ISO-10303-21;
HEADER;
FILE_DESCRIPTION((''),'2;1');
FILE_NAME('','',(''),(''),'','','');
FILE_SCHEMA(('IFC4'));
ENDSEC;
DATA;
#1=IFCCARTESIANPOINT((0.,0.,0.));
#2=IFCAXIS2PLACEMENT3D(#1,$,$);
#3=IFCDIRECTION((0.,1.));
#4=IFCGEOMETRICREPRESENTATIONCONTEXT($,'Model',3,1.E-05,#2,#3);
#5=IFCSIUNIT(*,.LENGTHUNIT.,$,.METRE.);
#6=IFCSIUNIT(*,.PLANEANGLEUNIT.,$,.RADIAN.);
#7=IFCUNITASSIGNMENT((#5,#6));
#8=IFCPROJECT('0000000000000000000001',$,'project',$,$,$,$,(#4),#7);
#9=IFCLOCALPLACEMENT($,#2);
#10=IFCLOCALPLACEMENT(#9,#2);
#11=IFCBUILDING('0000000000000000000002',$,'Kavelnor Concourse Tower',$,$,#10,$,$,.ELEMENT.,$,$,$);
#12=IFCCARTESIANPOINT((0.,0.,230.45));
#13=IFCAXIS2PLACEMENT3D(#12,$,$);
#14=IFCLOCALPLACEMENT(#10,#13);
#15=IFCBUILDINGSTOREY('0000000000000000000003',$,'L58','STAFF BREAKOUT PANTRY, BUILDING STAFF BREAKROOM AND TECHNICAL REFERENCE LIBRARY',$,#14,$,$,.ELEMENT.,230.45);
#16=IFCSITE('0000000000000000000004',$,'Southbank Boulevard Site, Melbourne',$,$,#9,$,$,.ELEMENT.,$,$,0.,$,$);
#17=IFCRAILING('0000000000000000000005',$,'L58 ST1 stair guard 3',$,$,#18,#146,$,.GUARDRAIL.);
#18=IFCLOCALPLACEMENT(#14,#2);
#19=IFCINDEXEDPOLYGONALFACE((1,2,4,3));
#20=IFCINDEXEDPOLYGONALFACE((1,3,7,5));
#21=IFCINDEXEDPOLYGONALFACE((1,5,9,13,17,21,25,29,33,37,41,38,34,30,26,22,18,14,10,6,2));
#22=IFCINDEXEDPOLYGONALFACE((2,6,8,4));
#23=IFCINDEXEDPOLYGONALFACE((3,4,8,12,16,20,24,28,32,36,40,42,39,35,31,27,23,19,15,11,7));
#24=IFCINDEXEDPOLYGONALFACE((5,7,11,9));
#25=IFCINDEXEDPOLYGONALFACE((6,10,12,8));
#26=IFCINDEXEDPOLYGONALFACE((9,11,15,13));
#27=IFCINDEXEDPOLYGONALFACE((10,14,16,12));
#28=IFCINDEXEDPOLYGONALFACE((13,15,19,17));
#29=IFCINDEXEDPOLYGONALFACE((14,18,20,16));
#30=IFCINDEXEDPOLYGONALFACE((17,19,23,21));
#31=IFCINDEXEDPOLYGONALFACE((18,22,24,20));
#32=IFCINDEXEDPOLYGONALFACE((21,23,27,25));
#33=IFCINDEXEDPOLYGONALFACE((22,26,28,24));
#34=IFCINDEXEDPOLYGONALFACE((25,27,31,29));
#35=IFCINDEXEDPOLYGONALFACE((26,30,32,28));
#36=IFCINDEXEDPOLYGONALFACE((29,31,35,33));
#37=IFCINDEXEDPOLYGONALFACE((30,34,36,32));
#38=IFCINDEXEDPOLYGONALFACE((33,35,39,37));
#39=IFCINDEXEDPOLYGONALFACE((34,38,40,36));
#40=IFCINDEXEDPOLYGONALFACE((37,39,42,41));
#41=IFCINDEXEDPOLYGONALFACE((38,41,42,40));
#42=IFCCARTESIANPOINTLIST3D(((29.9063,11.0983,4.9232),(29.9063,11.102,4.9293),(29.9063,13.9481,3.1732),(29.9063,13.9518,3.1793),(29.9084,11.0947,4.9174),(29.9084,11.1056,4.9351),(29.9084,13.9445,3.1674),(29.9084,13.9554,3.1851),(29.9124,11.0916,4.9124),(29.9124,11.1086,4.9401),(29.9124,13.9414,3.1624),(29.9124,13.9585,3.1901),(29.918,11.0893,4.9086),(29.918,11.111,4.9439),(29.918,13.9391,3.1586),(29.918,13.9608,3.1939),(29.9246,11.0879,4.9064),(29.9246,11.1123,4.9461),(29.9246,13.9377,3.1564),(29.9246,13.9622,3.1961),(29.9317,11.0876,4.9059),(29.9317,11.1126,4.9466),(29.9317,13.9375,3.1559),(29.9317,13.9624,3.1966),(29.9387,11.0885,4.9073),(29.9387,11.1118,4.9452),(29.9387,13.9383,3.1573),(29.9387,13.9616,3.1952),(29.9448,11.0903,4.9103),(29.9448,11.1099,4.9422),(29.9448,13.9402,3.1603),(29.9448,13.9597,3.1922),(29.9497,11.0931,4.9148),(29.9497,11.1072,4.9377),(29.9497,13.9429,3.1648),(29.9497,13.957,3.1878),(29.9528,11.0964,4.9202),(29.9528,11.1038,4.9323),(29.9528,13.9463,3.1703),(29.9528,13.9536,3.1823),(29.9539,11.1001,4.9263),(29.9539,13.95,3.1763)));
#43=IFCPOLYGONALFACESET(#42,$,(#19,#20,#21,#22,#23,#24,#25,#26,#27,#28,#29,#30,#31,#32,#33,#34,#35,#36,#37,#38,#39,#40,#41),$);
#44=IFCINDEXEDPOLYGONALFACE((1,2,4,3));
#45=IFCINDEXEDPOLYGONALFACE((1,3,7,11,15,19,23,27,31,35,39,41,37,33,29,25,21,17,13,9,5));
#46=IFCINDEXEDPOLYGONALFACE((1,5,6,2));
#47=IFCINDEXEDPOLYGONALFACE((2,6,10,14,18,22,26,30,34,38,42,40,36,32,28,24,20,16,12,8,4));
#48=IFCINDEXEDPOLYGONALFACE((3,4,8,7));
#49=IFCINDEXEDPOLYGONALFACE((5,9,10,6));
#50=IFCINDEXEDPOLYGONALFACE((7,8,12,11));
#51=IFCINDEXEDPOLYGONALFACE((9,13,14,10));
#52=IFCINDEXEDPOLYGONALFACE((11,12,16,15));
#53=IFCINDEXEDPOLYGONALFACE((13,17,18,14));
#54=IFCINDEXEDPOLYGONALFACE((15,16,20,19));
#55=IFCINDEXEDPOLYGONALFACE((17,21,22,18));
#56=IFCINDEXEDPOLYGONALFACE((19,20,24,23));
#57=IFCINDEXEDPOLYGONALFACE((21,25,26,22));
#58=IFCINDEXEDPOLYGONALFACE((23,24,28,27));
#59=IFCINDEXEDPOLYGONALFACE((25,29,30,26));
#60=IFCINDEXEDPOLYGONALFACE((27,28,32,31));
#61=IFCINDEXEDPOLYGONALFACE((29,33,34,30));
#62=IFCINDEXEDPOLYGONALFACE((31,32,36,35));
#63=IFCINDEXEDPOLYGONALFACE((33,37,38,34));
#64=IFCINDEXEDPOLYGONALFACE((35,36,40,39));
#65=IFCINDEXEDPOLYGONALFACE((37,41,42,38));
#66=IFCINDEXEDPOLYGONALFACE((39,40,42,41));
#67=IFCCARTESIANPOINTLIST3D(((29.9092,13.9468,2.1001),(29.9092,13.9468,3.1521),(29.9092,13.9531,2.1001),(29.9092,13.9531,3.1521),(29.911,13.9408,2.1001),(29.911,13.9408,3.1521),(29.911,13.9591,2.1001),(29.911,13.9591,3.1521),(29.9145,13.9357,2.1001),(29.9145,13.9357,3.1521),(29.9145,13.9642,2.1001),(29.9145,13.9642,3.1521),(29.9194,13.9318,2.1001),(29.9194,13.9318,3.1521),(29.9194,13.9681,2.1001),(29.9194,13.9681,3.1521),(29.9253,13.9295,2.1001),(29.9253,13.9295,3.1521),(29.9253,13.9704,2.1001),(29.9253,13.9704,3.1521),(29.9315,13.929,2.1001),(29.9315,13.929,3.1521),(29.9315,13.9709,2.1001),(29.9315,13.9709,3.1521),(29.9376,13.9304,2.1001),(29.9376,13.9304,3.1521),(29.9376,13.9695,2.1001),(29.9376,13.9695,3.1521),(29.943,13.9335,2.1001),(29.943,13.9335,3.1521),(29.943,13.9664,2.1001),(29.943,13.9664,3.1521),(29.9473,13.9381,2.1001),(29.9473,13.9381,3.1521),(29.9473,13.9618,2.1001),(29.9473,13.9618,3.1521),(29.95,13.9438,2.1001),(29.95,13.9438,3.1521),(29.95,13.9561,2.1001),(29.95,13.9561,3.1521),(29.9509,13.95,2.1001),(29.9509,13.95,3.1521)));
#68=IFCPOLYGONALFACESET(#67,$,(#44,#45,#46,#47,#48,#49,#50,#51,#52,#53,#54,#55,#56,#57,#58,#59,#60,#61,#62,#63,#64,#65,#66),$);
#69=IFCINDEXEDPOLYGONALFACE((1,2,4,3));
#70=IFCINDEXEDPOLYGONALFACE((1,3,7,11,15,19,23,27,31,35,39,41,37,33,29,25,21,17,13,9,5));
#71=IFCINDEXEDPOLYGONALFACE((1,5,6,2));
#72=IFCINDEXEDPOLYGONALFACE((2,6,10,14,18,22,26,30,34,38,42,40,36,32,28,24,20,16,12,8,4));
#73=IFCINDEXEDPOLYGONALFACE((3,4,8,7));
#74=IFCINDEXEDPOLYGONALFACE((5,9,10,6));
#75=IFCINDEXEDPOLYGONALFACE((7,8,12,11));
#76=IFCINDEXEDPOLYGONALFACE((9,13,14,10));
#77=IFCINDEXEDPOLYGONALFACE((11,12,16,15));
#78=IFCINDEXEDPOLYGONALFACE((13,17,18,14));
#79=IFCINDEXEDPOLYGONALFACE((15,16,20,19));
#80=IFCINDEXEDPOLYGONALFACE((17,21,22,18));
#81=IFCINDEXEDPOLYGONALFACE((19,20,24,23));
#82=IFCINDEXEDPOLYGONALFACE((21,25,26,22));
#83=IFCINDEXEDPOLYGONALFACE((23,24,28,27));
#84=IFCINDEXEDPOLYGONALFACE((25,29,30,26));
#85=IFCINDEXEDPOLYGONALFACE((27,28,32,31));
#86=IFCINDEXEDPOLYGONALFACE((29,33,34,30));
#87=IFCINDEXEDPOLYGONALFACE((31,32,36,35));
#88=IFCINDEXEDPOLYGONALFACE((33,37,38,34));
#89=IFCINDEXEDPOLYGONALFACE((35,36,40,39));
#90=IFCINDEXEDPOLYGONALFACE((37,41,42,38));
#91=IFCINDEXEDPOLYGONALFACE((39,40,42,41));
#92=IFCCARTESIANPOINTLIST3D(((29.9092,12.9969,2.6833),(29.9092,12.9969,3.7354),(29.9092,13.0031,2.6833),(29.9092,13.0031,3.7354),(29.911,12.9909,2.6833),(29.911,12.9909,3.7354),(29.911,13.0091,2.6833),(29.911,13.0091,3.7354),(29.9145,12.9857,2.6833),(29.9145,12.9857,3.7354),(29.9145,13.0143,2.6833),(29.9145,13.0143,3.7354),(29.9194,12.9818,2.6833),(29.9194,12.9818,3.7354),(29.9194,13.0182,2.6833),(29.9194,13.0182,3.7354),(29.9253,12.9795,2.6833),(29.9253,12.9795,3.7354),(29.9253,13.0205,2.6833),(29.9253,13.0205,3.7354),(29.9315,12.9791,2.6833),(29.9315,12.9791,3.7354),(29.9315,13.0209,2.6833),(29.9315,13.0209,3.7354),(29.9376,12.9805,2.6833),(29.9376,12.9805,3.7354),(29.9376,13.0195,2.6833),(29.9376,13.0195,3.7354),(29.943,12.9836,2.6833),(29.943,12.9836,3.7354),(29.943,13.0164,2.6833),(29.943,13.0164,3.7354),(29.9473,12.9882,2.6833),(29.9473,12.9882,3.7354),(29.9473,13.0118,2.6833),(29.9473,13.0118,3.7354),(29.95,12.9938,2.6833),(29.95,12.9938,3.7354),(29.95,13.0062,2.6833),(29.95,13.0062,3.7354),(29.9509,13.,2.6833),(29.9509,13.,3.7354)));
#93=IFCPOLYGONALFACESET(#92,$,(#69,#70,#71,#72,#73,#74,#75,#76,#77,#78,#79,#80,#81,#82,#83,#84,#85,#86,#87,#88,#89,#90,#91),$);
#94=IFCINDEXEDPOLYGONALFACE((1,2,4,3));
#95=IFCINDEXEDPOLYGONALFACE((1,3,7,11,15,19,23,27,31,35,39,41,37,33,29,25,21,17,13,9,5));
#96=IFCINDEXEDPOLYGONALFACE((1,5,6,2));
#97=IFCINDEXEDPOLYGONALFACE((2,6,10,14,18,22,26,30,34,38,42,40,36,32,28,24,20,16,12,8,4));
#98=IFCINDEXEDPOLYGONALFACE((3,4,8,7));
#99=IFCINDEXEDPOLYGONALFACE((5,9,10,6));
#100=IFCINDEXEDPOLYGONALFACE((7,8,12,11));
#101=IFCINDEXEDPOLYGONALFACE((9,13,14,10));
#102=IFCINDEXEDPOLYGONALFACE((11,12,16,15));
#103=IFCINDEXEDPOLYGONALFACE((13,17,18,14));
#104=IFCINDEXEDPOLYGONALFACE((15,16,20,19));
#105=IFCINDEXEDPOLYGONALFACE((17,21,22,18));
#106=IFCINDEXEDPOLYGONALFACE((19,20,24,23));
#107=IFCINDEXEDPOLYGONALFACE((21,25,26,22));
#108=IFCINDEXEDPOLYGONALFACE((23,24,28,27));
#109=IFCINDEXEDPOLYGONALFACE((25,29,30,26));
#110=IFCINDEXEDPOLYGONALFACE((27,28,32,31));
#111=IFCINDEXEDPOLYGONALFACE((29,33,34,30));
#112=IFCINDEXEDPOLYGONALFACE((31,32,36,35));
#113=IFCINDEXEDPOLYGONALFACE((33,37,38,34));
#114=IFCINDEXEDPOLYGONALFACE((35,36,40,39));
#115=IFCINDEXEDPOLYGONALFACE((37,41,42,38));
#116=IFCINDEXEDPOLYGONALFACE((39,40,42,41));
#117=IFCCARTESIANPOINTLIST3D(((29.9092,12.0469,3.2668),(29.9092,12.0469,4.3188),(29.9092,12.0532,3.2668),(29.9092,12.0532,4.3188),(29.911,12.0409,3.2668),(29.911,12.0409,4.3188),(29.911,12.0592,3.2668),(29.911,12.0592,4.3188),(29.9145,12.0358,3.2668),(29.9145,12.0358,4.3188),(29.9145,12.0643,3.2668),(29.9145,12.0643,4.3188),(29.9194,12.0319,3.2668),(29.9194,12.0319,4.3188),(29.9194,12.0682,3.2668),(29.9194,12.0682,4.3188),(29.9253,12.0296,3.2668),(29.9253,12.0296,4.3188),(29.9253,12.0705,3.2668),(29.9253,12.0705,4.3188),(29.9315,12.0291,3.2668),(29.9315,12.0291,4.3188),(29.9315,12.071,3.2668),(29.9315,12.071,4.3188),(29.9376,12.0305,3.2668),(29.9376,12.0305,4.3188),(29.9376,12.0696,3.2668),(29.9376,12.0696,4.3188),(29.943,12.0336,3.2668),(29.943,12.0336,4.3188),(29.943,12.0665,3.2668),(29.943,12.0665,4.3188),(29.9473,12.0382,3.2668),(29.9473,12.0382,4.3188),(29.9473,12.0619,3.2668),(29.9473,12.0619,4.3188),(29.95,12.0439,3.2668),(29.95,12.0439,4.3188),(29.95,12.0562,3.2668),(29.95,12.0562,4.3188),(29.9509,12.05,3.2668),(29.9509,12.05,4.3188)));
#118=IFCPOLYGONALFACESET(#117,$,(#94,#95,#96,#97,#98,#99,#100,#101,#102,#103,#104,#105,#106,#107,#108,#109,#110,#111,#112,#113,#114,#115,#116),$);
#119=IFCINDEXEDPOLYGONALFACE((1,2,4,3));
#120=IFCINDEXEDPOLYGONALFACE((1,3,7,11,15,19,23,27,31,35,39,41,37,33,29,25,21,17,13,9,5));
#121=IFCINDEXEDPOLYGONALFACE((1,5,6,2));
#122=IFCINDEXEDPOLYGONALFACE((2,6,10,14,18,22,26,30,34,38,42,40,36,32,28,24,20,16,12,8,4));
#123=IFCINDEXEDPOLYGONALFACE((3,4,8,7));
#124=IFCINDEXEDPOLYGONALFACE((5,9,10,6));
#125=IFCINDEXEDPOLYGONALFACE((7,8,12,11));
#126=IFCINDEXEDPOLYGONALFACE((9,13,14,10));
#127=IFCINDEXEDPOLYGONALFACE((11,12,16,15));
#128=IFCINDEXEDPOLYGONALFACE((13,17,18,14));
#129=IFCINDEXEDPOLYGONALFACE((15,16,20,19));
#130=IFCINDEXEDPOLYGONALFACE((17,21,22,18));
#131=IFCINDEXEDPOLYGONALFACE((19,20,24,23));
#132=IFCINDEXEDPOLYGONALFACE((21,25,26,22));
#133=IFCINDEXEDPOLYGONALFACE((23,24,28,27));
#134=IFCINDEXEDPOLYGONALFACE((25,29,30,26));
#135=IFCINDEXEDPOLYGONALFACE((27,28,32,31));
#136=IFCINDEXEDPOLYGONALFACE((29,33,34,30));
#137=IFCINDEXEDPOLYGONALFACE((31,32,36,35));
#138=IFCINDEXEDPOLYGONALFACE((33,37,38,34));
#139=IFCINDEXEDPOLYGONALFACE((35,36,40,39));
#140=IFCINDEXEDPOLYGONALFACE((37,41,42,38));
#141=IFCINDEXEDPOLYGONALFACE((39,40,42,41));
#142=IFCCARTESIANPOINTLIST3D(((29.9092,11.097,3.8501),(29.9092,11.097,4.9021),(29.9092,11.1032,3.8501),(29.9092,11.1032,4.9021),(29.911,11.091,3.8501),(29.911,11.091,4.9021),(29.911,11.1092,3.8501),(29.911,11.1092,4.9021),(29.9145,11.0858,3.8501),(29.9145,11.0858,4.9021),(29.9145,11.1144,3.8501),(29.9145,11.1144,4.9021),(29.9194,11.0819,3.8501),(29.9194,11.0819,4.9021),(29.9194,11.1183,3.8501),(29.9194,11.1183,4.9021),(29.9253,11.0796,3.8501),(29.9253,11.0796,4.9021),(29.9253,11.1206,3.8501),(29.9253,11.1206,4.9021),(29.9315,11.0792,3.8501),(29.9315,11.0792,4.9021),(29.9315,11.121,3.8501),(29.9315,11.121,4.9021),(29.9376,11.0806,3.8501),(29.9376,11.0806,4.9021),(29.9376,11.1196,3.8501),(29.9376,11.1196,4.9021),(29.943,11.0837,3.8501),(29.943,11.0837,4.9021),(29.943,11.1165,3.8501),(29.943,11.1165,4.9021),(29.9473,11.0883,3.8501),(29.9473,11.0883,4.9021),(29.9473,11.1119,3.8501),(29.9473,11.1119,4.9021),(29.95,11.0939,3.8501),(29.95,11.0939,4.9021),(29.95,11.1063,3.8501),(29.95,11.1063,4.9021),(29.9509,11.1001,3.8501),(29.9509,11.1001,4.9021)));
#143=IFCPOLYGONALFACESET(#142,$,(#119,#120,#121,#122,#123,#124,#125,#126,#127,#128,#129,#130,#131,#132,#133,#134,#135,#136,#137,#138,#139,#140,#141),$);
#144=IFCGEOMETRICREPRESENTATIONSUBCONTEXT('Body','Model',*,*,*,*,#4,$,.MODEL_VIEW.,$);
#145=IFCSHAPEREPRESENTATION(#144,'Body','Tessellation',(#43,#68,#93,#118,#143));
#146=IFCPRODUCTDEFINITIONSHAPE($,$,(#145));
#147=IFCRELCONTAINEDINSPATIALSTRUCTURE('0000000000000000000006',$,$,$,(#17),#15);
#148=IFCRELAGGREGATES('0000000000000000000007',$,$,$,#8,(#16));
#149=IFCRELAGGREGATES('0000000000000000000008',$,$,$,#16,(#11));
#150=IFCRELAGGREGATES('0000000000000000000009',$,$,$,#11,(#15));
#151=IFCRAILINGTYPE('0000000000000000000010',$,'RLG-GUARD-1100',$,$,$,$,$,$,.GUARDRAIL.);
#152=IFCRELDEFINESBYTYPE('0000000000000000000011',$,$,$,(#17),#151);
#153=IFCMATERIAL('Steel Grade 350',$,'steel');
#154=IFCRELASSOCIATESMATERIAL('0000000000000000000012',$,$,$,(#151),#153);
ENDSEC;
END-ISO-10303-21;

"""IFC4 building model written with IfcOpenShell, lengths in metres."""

from ifc_helpers import new_model, si_unit, direction, frame, origin, origin_2d, place, context, subcontext, project, spatial, circle, extrude, material, type_object, element, save


model = new_model("IFC4")

# Units and contexts
model_context = context("Model", 3, precision=1e-05, world=origin(), true_north=direction((0.0, 1.0)))
body_context = subcontext(model_context, "Body", "Model", "MODEL_VIEW")
ifc_project = project(units=[si_unit("LENGTHUNIT", "METRE"), si_unit("PLANEANGLEUNIT", "RADIAN")], contexts=[model_context])

# Site, building, storey
site_placement = place(None, origin())
site = spatial("IfcSite", under=ifc_project, at=site_placement, Name="Southbank Boulevard Site, Melbourne", CompositionType="ELEMENT", RefElevation=0.0)
building_placement = place(site_placement, origin())
building = spatial("IfcBuilding", under=site, at=building_placement, Name="Kavelnor Concourse Tower", CompositionType="ELEMENT")
storey_placement = place(building_placement, frame((0.0, 0.0, 230.45)))
storey = spatial("IfcBuildingStorey", under=building, at=storey_placement, Name="L58", Description="STAFF BREAKOUT PANTRY, BUILDING STAFF BREAKROOM AND TECHNICAL REFERENCE LIBRARY", CompositionType="ELEMENT", Elevation=230.45)

# Shared definitions
ifc_material_1 = material(Name="Steel Grade 350", Category="steel")

# Railing
railing_type_1 = type_object("IfcRailingType", Name="RLG-GUARD-1100", PredefinedType="GUARDRAIL", material=ifc_material_1)
railing_1_placement = place(storey_placement, frame((29.9299, 13.95, 2.1001)))
element("IfcRailing", 1, at=railing_1_placement, inside=storey, type_object=railing_type_1, Name="L58 ST1 stair guard 3", PredefinedType="GUARDRAIL", context=body_context, shape_type="SweptSolid", body=[
    extrude(circle(Radius=0.0239, at=origin_2d()), frame((0.0, 0.0, 1.0762), z_axis=(0.0, -0.852159, 0.523283), x_axis=(1.0, 0.0, 0.0)), (0.0, 0.0, 1.0), 3.3442),
    extrude(circle(Radius=0.021, at=origin_2d()), origin(), (0.0, 0.0, 1.0), 1.052),
    extrude(circle(Radius=0.021, at=origin_2d()), frame((0.0, -0.95, 0.5833)), (0.0, 0.0, 1.0), 1.052),
    extrude(circle(Radius=0.021, at=origin_2d()), frame((0.0, -1.8999, 1.1667)), (0.0, 0.0, 1.0), 1.052),
    extrude(circle(Radius=0.021, at=origin_2d()), frame((0.0, -2.8499, 1.75)), (0.0, 0.0, 1.0), 1.052),
])

save(model, "model.ifc")
